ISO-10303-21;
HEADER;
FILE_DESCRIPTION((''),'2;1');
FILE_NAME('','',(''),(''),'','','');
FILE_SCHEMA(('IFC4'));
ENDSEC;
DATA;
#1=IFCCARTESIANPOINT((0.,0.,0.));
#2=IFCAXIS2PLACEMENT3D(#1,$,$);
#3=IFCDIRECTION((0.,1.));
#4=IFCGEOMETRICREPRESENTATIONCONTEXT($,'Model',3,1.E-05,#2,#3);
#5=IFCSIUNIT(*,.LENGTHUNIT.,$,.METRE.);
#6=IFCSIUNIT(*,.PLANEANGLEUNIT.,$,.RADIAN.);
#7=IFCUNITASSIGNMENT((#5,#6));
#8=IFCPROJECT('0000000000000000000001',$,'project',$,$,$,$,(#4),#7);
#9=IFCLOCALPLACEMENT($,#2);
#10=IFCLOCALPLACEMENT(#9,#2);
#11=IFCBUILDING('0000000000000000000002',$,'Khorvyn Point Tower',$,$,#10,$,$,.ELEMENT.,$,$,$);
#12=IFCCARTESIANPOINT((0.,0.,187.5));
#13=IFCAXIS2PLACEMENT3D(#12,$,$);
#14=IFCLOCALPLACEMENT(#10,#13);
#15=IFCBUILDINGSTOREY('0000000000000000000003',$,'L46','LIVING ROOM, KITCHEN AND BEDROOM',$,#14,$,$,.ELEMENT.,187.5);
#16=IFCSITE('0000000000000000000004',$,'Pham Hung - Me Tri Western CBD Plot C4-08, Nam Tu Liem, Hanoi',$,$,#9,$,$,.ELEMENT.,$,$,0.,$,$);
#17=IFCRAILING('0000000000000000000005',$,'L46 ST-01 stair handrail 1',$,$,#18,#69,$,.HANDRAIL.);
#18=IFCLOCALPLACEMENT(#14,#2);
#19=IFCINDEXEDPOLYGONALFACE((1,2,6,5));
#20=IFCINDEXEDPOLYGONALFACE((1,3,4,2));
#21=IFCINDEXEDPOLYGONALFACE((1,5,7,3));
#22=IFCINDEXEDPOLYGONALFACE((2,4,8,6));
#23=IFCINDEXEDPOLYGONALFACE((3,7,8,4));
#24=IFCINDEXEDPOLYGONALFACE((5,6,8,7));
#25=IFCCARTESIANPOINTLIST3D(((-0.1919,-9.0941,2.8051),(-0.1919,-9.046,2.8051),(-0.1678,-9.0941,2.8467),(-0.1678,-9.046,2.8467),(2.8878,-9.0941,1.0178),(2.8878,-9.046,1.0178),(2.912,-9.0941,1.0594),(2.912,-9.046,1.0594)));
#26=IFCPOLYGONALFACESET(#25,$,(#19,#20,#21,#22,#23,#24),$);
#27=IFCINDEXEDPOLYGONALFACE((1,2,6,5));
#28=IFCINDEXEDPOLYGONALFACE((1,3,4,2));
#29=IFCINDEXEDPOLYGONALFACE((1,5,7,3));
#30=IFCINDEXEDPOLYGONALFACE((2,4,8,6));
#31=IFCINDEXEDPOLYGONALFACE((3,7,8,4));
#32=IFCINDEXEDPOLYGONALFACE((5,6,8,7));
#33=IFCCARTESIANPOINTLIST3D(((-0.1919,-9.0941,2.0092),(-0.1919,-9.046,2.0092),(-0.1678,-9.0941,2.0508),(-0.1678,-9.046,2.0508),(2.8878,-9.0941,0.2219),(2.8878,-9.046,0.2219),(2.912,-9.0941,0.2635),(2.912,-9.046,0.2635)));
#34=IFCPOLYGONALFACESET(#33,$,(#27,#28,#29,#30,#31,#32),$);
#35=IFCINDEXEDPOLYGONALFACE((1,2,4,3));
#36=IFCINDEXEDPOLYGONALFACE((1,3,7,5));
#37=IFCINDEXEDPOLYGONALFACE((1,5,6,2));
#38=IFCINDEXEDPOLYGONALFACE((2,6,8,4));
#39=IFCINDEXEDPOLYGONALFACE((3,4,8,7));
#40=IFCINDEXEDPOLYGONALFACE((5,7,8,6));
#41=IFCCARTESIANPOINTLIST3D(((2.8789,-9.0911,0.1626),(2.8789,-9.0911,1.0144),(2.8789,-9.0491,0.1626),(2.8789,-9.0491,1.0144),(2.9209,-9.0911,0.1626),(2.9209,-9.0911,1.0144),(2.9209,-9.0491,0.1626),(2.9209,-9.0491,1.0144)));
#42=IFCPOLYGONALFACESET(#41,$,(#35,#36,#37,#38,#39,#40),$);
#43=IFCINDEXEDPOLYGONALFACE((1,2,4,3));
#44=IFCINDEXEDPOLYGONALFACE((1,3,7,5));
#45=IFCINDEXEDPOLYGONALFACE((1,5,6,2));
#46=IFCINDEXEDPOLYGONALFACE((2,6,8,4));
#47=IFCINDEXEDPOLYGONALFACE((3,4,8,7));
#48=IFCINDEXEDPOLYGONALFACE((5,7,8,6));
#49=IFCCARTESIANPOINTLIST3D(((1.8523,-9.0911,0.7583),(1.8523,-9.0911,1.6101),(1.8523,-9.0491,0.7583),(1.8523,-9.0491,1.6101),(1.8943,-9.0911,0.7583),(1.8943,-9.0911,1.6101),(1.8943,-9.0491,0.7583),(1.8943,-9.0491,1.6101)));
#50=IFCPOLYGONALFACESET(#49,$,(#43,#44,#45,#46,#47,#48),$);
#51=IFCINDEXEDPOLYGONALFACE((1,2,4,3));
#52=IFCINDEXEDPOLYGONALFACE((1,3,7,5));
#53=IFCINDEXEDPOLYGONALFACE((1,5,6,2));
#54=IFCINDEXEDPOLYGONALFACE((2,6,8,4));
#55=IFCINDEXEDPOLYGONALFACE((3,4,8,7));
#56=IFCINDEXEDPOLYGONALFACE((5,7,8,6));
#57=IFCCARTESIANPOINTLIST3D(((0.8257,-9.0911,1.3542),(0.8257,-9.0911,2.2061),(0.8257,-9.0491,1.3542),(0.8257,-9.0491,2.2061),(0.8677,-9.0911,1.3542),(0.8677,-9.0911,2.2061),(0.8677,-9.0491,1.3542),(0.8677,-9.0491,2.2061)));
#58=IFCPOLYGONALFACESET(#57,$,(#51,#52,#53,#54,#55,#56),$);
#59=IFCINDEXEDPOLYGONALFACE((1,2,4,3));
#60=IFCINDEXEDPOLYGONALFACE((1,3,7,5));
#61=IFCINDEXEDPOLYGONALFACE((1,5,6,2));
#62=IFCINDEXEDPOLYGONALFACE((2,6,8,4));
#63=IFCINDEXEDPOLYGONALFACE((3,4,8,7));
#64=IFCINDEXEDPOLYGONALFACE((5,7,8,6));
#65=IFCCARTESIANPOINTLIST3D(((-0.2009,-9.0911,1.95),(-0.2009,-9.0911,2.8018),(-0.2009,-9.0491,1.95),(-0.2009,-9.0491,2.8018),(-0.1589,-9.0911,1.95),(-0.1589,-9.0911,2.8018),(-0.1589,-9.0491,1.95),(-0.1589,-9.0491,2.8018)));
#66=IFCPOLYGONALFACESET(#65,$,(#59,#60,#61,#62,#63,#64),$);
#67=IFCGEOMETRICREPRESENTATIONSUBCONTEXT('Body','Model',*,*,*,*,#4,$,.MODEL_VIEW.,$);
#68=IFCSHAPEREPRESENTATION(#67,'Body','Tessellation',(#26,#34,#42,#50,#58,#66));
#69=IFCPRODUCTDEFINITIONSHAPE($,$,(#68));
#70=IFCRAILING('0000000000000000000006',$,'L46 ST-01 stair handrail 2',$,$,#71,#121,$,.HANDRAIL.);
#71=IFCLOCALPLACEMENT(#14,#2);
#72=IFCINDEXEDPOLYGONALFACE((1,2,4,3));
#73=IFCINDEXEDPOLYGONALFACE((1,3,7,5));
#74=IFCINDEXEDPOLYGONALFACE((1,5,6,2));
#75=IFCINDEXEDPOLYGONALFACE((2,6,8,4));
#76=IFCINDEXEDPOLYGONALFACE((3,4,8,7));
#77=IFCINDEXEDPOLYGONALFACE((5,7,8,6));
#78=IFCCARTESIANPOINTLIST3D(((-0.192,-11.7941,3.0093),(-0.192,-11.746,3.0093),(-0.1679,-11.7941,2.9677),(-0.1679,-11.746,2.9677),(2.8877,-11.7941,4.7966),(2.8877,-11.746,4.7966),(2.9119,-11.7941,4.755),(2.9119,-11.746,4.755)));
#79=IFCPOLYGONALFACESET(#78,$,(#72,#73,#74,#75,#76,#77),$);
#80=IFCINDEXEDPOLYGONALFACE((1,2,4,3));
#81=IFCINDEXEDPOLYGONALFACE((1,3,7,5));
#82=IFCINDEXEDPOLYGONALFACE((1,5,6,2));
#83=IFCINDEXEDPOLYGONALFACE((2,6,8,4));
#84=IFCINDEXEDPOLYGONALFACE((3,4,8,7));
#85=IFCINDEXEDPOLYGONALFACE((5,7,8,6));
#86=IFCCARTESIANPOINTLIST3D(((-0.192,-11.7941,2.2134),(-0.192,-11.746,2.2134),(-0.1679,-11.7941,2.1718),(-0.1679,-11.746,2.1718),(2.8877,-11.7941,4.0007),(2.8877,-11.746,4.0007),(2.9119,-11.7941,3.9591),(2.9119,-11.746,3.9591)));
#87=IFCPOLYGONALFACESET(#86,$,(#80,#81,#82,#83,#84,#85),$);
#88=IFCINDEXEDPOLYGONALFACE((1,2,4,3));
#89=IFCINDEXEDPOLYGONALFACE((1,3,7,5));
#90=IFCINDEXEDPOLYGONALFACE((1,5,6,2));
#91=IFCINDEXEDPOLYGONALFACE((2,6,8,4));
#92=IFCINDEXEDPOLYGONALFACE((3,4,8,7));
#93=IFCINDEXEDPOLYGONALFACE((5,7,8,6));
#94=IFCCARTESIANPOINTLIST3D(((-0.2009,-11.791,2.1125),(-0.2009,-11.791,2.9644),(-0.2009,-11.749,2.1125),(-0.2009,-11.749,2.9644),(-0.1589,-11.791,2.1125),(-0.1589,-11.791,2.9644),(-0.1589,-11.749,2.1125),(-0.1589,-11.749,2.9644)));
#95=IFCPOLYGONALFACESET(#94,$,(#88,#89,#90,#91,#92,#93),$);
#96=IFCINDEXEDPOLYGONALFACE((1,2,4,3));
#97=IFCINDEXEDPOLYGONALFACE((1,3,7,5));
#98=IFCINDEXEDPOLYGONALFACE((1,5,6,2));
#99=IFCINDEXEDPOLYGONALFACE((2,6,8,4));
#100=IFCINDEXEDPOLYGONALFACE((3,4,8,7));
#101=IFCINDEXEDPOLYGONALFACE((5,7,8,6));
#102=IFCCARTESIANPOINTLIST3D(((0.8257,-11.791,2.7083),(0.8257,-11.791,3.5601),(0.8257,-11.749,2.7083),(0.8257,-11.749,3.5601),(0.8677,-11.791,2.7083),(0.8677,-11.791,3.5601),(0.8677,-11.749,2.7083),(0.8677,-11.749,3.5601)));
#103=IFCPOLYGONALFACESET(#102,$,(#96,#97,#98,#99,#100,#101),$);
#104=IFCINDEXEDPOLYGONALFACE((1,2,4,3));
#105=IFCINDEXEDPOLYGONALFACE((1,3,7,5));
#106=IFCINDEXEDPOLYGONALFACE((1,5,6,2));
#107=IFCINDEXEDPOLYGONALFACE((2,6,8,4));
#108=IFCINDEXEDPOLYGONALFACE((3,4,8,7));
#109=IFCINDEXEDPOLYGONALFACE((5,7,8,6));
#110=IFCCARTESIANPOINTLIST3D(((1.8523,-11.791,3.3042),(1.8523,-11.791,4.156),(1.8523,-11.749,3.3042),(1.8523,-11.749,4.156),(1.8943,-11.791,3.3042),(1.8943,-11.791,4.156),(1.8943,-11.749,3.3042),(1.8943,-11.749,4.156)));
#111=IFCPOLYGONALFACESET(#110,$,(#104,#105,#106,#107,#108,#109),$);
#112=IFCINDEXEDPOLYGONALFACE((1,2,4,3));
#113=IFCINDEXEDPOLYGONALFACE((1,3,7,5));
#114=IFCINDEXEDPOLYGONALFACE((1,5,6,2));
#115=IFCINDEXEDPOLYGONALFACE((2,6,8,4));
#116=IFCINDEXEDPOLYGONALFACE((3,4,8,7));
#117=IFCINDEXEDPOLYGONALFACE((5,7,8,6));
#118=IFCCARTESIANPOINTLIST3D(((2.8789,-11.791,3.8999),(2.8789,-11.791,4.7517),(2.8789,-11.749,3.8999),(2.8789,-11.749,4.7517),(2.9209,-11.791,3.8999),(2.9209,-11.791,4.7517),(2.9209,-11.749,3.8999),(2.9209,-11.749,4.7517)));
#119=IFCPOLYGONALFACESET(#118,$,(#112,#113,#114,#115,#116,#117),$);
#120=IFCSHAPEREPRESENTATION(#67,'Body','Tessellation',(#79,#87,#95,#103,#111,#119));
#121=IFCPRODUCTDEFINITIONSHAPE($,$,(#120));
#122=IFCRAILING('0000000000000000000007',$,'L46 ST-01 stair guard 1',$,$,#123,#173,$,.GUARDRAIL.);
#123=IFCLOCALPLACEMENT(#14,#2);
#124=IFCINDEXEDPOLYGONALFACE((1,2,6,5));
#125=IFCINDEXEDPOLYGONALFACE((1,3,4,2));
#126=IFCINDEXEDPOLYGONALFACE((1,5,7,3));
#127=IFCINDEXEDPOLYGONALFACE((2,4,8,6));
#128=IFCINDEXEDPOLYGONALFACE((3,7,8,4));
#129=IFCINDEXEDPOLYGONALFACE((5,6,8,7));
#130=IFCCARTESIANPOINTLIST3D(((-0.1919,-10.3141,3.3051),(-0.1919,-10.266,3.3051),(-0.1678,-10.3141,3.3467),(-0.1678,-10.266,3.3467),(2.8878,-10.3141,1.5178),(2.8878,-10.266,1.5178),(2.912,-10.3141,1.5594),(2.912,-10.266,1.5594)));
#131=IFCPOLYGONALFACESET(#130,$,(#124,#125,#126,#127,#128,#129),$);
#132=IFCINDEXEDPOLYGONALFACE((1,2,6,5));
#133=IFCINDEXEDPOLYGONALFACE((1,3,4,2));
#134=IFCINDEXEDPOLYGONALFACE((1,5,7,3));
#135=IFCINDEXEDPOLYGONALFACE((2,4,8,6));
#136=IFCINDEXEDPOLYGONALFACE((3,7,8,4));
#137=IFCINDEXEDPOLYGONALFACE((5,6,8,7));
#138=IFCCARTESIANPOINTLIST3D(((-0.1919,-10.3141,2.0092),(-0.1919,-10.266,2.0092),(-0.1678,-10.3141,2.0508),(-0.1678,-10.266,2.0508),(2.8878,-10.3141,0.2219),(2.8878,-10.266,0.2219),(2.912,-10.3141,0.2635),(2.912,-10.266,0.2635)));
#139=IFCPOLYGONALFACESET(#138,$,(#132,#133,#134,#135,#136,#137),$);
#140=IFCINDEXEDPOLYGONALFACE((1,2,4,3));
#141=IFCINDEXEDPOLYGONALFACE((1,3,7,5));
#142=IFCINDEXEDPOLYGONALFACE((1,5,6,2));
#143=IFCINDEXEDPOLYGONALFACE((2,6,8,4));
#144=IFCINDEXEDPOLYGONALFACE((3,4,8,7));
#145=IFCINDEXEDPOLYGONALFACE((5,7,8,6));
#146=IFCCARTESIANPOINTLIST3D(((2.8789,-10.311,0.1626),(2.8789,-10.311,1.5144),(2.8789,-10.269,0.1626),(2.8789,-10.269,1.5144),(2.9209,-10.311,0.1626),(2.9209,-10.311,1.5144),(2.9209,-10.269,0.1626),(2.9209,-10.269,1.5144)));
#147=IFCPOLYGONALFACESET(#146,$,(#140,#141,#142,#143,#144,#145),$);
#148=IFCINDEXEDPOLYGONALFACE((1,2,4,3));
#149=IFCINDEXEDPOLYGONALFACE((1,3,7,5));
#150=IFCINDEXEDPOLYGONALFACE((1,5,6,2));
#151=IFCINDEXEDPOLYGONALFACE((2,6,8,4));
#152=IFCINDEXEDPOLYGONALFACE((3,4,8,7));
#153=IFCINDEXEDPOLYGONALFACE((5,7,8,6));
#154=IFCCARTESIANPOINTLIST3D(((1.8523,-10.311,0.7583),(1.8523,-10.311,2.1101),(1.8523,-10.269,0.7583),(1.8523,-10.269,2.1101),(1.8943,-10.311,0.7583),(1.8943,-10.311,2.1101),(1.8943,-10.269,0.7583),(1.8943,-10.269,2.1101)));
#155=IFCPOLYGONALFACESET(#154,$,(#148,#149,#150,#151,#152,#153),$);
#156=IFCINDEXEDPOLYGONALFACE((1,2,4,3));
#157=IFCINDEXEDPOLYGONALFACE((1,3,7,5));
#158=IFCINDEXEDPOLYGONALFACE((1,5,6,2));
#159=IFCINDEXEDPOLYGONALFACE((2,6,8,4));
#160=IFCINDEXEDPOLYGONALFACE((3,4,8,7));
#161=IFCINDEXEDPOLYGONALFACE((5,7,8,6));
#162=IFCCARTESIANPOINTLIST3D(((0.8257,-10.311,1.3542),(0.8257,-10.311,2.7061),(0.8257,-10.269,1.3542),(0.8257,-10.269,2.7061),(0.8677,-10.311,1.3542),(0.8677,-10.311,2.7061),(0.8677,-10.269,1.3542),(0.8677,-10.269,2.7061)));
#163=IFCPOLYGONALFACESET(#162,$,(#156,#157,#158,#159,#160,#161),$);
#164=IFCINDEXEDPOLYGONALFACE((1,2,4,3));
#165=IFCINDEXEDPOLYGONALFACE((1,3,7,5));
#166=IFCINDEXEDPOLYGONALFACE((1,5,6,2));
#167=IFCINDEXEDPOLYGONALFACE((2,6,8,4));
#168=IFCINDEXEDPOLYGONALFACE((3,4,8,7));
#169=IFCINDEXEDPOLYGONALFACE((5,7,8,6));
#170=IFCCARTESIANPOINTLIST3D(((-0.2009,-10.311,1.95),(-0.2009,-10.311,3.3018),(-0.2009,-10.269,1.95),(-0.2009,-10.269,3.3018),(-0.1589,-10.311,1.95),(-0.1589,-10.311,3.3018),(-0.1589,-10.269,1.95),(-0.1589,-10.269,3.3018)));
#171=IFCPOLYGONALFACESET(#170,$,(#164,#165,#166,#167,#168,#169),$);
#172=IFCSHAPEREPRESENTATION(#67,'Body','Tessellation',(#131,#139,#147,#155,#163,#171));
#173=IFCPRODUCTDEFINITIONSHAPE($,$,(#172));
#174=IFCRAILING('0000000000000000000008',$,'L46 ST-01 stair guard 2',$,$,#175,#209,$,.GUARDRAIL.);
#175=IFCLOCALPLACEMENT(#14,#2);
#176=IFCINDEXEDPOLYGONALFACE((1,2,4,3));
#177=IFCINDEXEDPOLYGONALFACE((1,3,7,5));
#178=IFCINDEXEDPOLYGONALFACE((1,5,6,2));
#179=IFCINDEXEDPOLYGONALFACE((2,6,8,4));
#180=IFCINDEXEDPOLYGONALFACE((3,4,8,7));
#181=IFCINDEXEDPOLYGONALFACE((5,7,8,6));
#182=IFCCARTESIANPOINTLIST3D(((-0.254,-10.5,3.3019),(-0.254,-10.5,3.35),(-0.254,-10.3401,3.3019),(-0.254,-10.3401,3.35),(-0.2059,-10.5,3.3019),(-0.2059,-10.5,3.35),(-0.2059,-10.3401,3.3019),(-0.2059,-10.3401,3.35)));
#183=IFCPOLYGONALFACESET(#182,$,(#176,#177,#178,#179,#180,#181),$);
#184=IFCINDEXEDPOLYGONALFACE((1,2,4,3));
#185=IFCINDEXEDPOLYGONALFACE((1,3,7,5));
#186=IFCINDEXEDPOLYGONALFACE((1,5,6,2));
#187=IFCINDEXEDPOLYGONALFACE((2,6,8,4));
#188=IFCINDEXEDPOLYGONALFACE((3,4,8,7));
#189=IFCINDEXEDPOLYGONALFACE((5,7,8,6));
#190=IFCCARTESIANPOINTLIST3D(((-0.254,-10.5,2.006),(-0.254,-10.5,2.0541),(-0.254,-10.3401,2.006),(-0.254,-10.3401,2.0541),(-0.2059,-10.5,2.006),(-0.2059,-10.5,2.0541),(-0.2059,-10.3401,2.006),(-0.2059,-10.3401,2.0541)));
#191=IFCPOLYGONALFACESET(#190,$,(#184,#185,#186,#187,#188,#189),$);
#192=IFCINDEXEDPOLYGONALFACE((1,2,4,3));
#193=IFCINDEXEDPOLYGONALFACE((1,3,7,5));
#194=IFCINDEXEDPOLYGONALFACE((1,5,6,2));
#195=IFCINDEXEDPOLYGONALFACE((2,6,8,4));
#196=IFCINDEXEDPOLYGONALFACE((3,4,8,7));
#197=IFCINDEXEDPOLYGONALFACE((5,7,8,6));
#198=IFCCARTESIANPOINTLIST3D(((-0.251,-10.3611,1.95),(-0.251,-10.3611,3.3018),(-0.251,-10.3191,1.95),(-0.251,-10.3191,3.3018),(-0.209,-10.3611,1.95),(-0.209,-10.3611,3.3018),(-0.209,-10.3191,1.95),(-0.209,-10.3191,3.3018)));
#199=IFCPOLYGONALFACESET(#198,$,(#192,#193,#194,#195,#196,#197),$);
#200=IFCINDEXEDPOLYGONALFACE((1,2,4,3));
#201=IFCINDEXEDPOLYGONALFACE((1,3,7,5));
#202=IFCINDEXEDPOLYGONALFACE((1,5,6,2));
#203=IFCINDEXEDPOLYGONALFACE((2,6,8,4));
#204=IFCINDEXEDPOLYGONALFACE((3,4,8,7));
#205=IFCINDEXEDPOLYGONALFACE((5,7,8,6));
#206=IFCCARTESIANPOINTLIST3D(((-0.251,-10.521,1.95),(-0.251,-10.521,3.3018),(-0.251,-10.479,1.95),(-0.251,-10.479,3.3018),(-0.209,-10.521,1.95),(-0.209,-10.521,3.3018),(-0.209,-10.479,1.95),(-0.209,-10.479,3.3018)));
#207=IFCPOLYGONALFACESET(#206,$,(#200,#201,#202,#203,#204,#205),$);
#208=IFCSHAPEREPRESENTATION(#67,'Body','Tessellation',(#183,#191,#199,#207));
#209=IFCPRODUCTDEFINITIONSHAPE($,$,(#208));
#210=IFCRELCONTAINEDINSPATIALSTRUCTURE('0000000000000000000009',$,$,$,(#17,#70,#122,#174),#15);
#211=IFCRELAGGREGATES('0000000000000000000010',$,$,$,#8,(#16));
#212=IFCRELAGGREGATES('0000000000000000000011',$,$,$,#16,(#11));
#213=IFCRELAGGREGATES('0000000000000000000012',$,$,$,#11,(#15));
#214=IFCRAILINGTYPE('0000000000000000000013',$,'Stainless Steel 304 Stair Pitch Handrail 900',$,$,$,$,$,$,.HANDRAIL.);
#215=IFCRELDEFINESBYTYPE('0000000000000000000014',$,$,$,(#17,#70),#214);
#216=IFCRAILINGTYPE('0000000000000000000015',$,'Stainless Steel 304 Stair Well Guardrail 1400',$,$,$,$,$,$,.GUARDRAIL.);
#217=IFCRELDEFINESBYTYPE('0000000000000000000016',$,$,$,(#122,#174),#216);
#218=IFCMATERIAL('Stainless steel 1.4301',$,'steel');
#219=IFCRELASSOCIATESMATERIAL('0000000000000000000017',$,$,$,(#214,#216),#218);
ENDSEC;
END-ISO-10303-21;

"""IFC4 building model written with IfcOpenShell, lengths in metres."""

from ifc_helpers import new_model, si_unit, direction, frame, origin, origin_2d, place, context, subcontext, project, spatial, rectangle, extrude, material, type_object, element, save


model = new_model("IFC4")

# Units and contexts
model_context = context("Model", 3, precision=1e-05, world=origin(), true_north=direction((0.0, 1.0)))
body_context = subcontext(model_context, "Body", "Model", "MODEL_VIEW")
ifc_project = project(units=[si_unit("LENGTHUNIT", "METRE"), si_unit("PLANEANGLEUNIT", "RADIAN")], contexts=[model_context])

# Site, building, storey
site_placement = place(None, origin())
site = spatial("IfcSite", under=ifc_project, at=site_placement, Name="Pham Hung - Me Tri Western CBD Plot C4-08, Nam Tu Liem, Hanoi", CompositionType="ELEMENT", RefElevation=0.0)
building_placement = place(site_placement, origin())
building = spatial("IfcBuilding", under=site, at=building_placement, Name="Khorvyn Point Tower", CompositionType="ELEMENT")
storey_placement = place(building_placement, frame((0.0, 0.0, 187.5)))
storey = spatial("IfcBuildingStorey", under=building, at=storey_placement, Name="L46", Description="LIVING ROOM, KITCHEN AND BEDROOM", CompositionType="ELEMENT", Elevation=187.5)

# Shared definitions
ifc_material_1 = material(Name="Stainless steel 1.4301", Category="steel")

# Railings
railing_type_1 = type_object("IfcRailingType", Name="Stainless Steel 304 Stair Pitch Handrail 900", PredefinedType="HANDRAIL", material=ifc_material_1)
railing_1_placement = place(storey_placement, frame((2.8999, -9.0701, 0.1626)))
element("IfcRailing", 1, at=railing_1_placement, inside=storey, type_object=railing_type_1, Name="L46 ST-01 stair handrail 1", PredefinedType="HANDRAIL", context=body_context, shape_type="SweptSolid", body=[
    extrude(rectangle(XDim=0.0481, YDim=0.0481, at=origin_2d()), frame((0.0, 0.0, 0.876), z_axis=(-0.864903, 0.0, 0.501939), x_axis=(0.0, -1.0, 0.0)), (0.0, 0.0, 1.0), 3.5608),
    extrude(rectangle(XDim=0.0481, YDim=0.0481, at=origin_2d()), frame((0.0, 0.0, 0.0801), z_axis=(-0.864903, 0.0, 0.501939), x_axis=(0.0, -1.0, 0.0)), (0.0, 0.0, 1.0), 3.5608),
    extrude(rectangle(XDim=0.042, YDim=0.042, at=origin_2d()), origin(), (0.0, 0.0, 1.0), 0.8518),
    extrude(rectangle(XDim=0.042, YDim=0.042, at=origin_2d()), frame((-1.0266, 0.0, 0.5957)), (0.0, 0.0, 1.0), 0.8518),
    extrude(rectangle(XDim=0.042, YDim=0.042, at=origin_2d()), frame((-2.0532, 0.0, 1.1917)), (0.0, 0.0, 1.0), 0.8518),
    extrude(rectangle(XDim=0.042, YDim=0.042, at=origin_2d()), frame((-3.0798, 0.0, 1.7874)), (0.0, 0.0, 1.0), 0.8518),
])
railing_2_placement = place(storey_placement, frame((-0.1799, -11.77, 2.1125)))
element("IfcRailing", 2, at=railing_2_placement, inside=storey, type_object=railing_type_1, Name="L46 ST-01 stair handrail 2", PredefinedType="HANDRAIL", context=body_context, shape_type="SweptSolid", body=[
    extrude(rectangle(XDim=0.0481, YDim=0.0481, at=origin_2d()), frame((0.0, 0.0, 0.876), z_axis=(0.864903, 0.0, 0.501939), x_axis=(0.0, 1.0, 0.0)), (0.0, 0.0, 1.0), 3.5608),
    extrude(rectangle(XDim=0.0481, YDim=0.0481, at=origin_2d()), frame((0.0, 0.0, 0.0801), z_axis=(0.864903, 0.0, 0.501939), x_axis=(0.0, 1.0, 0.0)), (0.0, 0.0, 1.0), 3.5608),
    extrude(rectangle(XDim=0.042, YDim=0.042, at=origin_2d()), origin(), (0.0, 0.0, 1.0), 0.8518),
    extrude(rectangle(XDim=0.042, YDim=0.042, at=origin_2d()), frame((1.0266, 0.0, 0.5957)), (0.0, 0.0, 1.0), 0.8518),
    extrude(rectangle(XDim=0.042, YDim=0.042, at=origin_2d()), frame((2.0532, 0.0, 1.1917)), (0.0, 0.0, 1.0), 0.8518),
    extrude(rectangle(XDim=0.042, YDim=0.042, at=origin_2d()), frame((3.0798, 0.0, 1.7874)), (0.0, 0.0, 1.0), 0.8518),
])
railing_type_2 = type_object("IfcRailingType", Name="Stainless Steel 304 Stair Well Guardrail 1400", PredefinedType="GUARDRAIL", material=ifc_material_1)
railing_3_placement = place(storey_placement, frame((2.8999, -10.29, 0.1626)))
element("IfcRailing", 3, at=railing_3_placement, inside=storey, type_object=railing_type_2, Name="L46 ST-01 stair guard 1", PredefinedType="GUARDRAIL", context=body_context, shape_type="SweptSolid", body=[
    extrude(rectangle(XDim=0.0481, YDim=0.0481, at=origin_2d()), frame((0.0, 0.0, 1.376), z_axis=(-0.864903, 0.0, 0.501939), x_axis=(0.0, -1.0, 0.0)), (0.0, 0.0, 1.0), 3.5608),
    extrude(rectangle(XDim=0.0481, YDim=0.0481, at=origin_2d()), frame((0.0, 0.0, 0.0801), z_axis=(-0.864903, 0.0, 0.501939), x_axis=(0.0, -1.0, 0.0)), (0.0, 0.0, 1.0), 3.5608),
    extrude(rectangle(XDim=0.042, YDim=0.042, at=origin_2d()), origin(), (0.0, 0.0, 1.0), 1.3518),
    extrude(rectangle(XDim=0.042, YDim=0.042, at=origin_2d()), frame((-1.0266, 0.0, 0.5957)), (0.0, 0.0, 1.0), 1.3518),
    extrude(rectangle(XDim=0.042, YDim=0.042, at=origin_2d()), frame((-2.0532, 0.0, 1.1917)), (0.0, 0.0, 1.0), 1.3518),
    extrude(rectangle(XDim=0.042, YDim=0.042, at=origin_2d()), frame((-3.0798, 0.0, 1.7874)), (0.0, 0.0, 1.0), 1.3518),
])
railing_4_placement = place(storey_placement, frame((-0.23, -10.3401, 1.95)))
element("IfcRailing", 4, at=railing_4_placement, inside=storey, type_object=railing_type_2, Name="L46 ST-01 stair guard 2", PredefinedType="GUARDRAIL", context=body_context, shape_type="SweptSolid", body=[
    extrude(rectangle(XDim=0.0481, YDim=0.0481, at=origin_2d()), frame((0.0, 0.0, 1.376), z_axis=(0.0, -1.0, 0.0), x_axis=(1.0, 0.0, 0.0)), (0.0, 0.0, 1.0), 0.1599),
    extrude(rectangle(XDim=0.0481, YDim=0.0481, at=origin_2d()), frame((0.0, 0.0, 0.0801), z_axis=(0.0, -1.0, 0.0), x_axis=(1.0, 0.0, 0.0)), (0.0, 0.0, 1.0), 0.1599),
    extrude(rectangle(XDim=0.042, YDim=0.042, at=origin_2d()), origin(), (0.0, 0.0, 1.0), 1.3518),
    extrude(rectangle(XDim=0.042, YDim=0.042, at=origin_2d()), frame((0.0, -0.1599, 0.0)), (0.0, 0.0, 1.0), 1.3518),
])

save(model, "model.ifc")
